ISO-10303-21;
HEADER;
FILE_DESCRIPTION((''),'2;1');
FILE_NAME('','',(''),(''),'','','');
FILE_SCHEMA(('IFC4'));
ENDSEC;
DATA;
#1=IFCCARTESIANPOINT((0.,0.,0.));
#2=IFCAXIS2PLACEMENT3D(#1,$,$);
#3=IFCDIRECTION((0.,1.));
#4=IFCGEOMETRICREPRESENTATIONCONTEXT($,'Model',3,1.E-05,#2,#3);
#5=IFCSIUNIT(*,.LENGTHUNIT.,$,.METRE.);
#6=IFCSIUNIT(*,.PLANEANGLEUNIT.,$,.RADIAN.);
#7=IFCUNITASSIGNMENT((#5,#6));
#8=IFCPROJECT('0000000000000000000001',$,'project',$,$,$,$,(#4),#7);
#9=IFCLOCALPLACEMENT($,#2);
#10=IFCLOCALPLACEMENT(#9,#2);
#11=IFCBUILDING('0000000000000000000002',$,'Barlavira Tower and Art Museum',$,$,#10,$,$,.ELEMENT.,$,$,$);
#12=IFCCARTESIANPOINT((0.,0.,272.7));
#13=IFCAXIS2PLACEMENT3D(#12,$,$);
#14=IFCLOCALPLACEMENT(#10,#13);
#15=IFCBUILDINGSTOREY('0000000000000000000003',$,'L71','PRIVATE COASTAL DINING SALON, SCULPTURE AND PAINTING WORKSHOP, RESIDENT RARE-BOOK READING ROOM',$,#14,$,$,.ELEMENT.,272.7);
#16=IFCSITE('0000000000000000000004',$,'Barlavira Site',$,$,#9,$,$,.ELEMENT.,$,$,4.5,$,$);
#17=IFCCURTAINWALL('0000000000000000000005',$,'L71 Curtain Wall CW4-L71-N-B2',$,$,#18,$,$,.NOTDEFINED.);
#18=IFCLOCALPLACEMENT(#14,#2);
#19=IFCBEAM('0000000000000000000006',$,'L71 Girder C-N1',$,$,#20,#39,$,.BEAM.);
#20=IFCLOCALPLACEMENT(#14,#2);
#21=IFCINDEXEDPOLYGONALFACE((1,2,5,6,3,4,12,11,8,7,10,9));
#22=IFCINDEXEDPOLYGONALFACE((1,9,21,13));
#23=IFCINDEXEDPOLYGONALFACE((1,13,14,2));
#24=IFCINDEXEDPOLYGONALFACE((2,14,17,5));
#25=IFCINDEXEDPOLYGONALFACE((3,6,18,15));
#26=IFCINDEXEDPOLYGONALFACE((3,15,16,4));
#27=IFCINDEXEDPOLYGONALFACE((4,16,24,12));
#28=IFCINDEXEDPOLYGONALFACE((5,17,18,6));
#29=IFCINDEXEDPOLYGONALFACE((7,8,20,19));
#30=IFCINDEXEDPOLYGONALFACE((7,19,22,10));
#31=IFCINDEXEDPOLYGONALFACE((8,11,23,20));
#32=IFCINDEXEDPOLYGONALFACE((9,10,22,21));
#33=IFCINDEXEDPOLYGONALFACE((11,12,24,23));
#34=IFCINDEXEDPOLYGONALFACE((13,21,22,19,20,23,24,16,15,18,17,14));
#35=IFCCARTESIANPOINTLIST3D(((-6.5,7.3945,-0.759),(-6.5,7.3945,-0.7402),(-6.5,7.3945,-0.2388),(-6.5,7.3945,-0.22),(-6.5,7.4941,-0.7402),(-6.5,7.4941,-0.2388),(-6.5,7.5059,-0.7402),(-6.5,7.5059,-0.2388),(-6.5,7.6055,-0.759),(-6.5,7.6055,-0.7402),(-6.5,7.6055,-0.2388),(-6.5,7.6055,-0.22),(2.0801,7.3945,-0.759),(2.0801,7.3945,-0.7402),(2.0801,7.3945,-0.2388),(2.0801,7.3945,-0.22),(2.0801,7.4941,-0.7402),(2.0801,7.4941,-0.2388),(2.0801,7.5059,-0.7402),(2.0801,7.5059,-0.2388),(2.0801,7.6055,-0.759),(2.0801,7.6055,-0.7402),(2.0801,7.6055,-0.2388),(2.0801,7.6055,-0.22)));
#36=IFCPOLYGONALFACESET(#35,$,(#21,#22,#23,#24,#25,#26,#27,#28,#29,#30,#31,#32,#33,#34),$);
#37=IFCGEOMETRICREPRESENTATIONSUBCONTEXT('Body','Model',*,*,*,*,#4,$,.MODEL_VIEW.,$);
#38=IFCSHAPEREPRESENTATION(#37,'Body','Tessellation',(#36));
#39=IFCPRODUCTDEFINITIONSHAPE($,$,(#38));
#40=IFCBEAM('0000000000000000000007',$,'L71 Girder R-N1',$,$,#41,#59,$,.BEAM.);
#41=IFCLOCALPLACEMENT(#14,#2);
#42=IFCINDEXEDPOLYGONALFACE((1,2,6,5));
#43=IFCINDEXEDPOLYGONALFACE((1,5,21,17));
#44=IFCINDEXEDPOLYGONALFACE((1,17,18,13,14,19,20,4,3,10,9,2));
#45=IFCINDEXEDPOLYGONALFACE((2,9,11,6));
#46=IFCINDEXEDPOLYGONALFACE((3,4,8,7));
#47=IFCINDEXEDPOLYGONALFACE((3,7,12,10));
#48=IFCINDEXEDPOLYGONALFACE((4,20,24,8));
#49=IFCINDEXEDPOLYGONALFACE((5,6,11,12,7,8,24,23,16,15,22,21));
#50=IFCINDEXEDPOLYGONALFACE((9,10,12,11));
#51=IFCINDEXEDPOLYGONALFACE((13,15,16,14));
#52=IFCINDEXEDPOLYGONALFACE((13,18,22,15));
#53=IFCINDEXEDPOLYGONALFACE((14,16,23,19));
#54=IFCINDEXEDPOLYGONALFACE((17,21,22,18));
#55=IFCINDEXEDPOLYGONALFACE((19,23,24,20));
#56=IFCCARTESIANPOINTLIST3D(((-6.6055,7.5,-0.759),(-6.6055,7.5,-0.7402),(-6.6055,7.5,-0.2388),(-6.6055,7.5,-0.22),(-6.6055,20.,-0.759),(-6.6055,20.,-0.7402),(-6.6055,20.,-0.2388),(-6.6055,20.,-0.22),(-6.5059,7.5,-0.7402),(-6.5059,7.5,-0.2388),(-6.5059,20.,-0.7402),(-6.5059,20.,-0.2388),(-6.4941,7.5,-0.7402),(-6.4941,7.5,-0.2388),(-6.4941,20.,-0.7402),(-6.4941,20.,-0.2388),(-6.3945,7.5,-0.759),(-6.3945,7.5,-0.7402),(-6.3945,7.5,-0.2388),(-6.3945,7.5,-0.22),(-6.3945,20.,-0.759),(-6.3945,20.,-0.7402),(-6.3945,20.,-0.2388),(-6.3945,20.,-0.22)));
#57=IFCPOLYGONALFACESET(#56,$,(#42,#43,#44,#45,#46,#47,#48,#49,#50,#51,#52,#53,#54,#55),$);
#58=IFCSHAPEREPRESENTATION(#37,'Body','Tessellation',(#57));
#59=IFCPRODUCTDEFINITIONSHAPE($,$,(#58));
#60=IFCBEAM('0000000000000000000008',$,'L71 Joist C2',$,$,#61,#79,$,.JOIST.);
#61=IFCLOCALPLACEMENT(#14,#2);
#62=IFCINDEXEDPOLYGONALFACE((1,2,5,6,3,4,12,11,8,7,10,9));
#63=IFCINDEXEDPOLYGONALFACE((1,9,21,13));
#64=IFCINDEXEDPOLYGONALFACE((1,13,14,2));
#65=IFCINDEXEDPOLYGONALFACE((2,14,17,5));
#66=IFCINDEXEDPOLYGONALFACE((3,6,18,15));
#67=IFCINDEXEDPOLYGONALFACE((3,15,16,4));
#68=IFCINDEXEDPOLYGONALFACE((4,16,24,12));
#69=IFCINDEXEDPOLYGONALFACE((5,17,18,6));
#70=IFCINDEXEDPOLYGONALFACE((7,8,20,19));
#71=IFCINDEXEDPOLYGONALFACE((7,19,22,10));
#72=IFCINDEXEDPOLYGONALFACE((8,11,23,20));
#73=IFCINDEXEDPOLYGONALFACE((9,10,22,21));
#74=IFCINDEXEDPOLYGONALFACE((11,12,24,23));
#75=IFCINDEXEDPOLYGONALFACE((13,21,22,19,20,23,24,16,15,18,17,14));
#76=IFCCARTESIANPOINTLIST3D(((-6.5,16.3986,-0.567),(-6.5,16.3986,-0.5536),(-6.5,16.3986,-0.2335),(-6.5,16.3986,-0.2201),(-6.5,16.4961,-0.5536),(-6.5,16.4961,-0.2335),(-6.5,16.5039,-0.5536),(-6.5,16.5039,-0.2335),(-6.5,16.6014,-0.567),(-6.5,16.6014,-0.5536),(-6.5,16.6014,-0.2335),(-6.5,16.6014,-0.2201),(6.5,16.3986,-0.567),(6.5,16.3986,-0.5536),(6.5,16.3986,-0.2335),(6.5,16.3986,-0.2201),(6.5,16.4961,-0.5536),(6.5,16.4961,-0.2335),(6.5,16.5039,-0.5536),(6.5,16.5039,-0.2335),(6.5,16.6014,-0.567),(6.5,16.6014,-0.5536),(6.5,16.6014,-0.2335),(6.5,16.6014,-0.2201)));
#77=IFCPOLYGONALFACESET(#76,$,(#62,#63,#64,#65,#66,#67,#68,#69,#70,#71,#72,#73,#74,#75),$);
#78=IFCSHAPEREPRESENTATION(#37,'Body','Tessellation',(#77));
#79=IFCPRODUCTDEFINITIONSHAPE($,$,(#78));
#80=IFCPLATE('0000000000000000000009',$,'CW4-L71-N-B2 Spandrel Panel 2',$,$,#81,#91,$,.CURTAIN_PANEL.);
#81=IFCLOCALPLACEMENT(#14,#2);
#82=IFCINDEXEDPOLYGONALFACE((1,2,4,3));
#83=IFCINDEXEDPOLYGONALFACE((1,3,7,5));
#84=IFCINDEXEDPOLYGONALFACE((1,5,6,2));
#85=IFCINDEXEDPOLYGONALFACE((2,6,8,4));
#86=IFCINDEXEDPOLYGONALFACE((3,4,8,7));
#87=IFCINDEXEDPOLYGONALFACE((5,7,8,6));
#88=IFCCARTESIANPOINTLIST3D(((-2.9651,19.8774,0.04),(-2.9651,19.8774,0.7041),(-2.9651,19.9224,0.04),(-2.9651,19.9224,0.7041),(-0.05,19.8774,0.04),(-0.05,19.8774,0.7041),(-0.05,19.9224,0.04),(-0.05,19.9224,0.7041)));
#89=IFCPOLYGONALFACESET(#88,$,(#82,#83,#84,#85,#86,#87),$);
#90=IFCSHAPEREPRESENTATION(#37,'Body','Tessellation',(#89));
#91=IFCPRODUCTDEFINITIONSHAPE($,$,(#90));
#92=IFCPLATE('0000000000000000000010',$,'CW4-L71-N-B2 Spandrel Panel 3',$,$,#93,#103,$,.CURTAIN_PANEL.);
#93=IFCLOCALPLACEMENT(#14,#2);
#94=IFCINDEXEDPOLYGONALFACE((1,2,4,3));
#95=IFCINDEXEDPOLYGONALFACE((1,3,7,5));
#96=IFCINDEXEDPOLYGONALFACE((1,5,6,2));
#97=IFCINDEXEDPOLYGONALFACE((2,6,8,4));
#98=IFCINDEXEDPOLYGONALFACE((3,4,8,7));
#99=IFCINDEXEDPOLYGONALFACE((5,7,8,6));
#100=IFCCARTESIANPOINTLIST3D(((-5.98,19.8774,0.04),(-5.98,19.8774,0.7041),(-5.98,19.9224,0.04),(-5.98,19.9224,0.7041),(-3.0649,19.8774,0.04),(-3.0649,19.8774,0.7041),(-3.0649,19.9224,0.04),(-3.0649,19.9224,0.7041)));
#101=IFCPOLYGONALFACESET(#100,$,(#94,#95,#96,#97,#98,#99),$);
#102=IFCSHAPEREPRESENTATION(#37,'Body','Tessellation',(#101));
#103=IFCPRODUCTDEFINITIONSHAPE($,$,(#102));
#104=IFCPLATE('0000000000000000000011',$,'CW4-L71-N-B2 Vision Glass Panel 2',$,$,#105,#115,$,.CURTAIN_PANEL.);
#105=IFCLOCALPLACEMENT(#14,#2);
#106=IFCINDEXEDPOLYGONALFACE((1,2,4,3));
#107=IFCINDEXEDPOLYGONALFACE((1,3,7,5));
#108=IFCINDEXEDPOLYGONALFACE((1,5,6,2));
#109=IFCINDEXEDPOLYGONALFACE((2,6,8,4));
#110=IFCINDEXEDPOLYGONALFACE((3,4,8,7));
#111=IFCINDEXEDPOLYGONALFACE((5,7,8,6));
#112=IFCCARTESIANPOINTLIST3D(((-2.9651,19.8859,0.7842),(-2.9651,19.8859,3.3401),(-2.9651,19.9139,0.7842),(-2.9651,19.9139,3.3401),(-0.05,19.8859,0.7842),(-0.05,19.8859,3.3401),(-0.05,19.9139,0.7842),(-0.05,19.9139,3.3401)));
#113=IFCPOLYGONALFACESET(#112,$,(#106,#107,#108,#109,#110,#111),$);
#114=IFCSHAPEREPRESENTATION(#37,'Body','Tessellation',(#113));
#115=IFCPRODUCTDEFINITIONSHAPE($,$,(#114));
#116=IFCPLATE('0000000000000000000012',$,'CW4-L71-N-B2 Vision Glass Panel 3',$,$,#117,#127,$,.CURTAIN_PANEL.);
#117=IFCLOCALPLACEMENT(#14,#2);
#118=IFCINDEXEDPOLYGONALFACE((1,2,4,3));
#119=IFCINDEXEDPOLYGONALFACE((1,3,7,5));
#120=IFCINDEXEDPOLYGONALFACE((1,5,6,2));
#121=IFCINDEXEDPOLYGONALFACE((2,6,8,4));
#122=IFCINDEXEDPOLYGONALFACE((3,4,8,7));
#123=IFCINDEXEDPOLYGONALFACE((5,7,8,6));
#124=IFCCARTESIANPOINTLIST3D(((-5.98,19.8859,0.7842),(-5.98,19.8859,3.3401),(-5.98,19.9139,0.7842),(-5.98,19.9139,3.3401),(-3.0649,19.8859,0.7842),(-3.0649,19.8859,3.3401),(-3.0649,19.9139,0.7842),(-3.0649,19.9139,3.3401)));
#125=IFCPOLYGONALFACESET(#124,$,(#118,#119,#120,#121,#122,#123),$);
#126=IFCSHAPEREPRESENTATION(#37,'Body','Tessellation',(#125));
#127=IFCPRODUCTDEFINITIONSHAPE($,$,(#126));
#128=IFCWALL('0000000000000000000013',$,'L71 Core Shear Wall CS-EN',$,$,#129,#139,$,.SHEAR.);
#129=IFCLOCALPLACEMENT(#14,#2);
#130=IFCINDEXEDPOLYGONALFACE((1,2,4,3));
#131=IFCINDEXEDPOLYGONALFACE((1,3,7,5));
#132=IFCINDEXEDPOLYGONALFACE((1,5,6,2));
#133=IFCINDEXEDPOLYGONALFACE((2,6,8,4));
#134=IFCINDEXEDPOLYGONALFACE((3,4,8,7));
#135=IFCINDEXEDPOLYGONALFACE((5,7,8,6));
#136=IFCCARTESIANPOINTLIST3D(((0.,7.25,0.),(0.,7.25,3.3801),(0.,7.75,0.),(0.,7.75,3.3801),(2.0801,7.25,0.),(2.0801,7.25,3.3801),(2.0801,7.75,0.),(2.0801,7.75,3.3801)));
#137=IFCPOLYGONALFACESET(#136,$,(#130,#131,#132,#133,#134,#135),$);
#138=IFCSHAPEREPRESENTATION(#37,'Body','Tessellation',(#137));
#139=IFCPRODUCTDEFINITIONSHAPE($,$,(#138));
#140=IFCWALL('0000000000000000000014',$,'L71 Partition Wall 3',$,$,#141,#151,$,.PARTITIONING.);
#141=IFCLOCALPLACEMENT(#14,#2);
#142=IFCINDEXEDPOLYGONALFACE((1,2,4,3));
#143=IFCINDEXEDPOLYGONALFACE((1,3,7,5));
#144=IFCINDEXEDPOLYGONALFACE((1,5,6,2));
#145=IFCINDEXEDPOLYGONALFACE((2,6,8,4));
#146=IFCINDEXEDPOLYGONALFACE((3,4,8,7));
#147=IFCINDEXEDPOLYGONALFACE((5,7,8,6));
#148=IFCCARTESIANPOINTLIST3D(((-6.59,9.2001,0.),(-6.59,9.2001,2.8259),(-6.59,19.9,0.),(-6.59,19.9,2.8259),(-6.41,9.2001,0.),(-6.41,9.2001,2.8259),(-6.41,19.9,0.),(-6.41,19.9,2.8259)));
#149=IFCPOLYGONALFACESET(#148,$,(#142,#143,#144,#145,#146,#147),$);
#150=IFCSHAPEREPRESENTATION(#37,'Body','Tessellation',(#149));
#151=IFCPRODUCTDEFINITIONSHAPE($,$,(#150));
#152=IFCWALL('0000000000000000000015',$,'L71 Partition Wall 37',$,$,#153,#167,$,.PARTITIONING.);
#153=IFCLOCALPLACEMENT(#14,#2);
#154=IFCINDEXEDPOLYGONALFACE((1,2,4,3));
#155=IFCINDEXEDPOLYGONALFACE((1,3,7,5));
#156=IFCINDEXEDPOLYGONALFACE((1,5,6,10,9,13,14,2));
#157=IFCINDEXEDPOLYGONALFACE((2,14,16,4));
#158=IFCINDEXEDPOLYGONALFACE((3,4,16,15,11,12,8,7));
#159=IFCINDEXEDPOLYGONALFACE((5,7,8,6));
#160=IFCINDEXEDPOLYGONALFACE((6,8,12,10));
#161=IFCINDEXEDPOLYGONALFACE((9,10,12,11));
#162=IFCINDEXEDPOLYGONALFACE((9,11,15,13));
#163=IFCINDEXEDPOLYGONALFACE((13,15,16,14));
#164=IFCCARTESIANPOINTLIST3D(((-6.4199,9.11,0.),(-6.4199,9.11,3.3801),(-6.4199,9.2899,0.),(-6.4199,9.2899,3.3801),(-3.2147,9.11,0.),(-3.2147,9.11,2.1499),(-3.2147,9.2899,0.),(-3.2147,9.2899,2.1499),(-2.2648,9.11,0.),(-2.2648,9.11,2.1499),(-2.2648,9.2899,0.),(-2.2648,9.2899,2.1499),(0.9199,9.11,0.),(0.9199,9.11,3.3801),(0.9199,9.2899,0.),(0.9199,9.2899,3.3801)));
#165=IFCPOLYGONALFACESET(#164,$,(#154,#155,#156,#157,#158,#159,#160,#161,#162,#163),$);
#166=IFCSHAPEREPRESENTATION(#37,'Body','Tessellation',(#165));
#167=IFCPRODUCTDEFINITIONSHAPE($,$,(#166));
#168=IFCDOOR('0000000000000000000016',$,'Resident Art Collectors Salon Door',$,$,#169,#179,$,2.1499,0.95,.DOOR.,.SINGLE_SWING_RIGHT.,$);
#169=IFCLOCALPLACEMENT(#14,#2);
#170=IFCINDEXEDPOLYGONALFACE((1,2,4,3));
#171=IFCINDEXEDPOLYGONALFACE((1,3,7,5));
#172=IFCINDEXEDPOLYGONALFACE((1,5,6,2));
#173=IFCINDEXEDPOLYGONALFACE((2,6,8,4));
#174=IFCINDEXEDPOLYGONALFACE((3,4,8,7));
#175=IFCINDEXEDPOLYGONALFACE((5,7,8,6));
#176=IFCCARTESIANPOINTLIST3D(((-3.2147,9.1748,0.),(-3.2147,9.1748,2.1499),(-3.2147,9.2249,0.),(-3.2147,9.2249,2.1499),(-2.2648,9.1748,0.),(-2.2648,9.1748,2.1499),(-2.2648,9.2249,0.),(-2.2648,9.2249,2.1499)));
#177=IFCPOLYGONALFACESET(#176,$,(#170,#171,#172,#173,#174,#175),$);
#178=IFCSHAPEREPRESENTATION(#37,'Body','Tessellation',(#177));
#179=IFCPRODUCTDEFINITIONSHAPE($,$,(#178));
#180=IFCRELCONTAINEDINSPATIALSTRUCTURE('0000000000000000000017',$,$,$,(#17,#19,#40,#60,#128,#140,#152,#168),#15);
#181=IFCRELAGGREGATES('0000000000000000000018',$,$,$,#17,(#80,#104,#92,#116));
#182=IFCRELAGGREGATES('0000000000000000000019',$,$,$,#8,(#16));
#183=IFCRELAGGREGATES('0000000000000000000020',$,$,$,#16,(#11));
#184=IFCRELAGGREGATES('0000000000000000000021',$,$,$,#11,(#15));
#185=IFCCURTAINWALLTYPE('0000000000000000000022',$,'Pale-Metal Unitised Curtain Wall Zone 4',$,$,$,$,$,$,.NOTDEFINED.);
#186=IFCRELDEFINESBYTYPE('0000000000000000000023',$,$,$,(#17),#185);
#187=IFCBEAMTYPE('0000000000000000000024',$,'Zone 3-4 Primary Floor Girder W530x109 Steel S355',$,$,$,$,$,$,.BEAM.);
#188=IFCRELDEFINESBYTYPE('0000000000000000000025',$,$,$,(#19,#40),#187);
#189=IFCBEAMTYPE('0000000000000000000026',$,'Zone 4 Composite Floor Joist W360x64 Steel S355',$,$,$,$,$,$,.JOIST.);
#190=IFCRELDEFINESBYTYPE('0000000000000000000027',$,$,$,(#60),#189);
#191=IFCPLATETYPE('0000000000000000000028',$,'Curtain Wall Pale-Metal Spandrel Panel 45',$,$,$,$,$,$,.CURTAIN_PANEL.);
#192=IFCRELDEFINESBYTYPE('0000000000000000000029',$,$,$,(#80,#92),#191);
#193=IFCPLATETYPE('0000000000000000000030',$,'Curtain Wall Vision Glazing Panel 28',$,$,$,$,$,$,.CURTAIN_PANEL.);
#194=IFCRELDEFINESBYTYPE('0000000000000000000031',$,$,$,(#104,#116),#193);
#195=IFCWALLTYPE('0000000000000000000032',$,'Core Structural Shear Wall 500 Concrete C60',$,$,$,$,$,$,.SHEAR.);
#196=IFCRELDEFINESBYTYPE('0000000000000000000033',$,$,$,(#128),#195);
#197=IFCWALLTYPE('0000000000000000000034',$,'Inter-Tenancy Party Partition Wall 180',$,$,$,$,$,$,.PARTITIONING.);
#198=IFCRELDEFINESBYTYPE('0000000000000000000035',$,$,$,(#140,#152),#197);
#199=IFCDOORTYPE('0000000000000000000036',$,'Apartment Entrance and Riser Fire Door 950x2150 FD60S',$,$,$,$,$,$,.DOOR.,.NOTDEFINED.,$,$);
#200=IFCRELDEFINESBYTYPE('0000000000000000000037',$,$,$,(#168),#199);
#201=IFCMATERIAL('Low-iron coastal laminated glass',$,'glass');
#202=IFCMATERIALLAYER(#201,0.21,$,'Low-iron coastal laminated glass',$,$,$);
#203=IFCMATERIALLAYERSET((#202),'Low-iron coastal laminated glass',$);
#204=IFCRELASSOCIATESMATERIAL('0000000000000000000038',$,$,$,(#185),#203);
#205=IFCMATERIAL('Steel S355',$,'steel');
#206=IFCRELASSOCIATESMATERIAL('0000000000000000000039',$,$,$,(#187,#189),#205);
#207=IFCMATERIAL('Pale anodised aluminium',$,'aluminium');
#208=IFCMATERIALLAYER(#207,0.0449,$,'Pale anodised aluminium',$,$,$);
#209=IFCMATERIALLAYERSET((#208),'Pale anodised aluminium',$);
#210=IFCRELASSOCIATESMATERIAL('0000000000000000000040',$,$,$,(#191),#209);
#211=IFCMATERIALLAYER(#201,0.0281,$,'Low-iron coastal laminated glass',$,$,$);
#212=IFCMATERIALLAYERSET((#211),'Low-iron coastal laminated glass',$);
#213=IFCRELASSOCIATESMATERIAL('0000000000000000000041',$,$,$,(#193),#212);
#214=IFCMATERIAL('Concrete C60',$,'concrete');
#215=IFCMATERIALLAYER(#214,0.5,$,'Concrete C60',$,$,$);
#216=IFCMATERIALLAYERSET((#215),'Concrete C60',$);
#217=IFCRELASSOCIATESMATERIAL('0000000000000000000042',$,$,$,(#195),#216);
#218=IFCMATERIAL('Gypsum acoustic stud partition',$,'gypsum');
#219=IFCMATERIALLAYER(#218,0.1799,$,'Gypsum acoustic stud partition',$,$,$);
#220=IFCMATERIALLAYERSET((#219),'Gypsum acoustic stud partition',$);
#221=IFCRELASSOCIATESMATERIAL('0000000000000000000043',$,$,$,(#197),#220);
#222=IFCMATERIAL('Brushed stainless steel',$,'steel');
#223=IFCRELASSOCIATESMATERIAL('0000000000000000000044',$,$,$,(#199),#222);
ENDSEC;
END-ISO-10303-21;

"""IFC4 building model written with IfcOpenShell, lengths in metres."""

from ifc_helpers import new_model, si_unit, direction, frame, frame_2d, origin, origin_2d, place, context, subcontext, project, spatial, rectangle, i_section, extrude, material, layer, layer_set, material_profile, profile_set, type_object, element, fill, aggregate, save


model = new_model("IFC4")

# Units and contexts
model_context = context("Model", 3, precision=1e-05, world=origin(), true_north=direction((0.0, 1.0)))
body_context = subcontext(model_context, "Body", "Model", "MODEL_VIEW")
ifc_project = project(units=[si_unit("LENGTHUNIT", "METRE"), si_unit("PLANEANGLEUNIT", "RADIAN")], contexts=[model_context])

# Site, building, storey
site_placement = place(None, origin())
site = spatial("IfcSite", under=ifc_project, at=site_placement, Name="Barlavira Site", CompositionType="ELEMENT", RefElevation=4.5)
building_placement = place(site_placement, origin())
building = spatial("IfcBuilding", under=site, at=building_placement, Name="Barlavira Tower and Art Museum", CompositionType="ELEMENT")
storey_placement = place(building_placement, frame((0.0, 0.0, 272.7)))
storey = spatial("IfcBuildingStorey", under=building, at=storey_placement, Name="L71", Description="PRIVATE COASTAL DINING SALON, SCULPTURE AND PAINTING WORKSHOP, RESIDENT RARE-BOOK READING ROOM", CompositionType="ELEMENT", Elevation=272.7)

# Curtain wall
ifc_material_1 = material(Name="Low-iron coastal laminated glass", Category="glass")
ifc_layer_1 = layer(ifc_material_1, 0.21, Name="Low-iron coastal laminated glass")
ifc_layer_set_1 = layer_set([ifc_layer_1], Name="Low-iron coastal laminated glass")
curtain_wall_type = type_object("IfcCurtainWallType", Name="Pale-Metal Unitised Curtain Wall Zone 4", PredefinedType="NOTDEFINED", material=ifc_layer_set_1)
curtain_wall_placement = place(storey_placement, origin())
curtain_wall = element("IfcCurtainWall", 1, at=curtain_wall_placement, inside=storey, type_object=curtain_wall_type, Name="L71 Curtain Wall CW4-L71-N-B2", PredefinedType="NOTDEFINED")
ifc_material_2 = material(Name="Pale anodised aluminium", Category="aluminium")

# Beams
ifc_material_3 = material(Name="Steel S355", Category="steel")
ifc_material_profile_1 = material_profile(ifc_material_3, i_section(OverallWidth=0.2109, OverallDepth=0.5391, WebThickness=0.0117, FlangeThickness=0.0188, at=origin_2d()), Name="W530x109.0")
ifc_profile_set_1 = profile_set([ifc_material_profile_1], Name="Steel S355")
beam_type_1 = type_object("IfcBeamType", Name="Zone 3-4 Primary Floor Girder W530x109 Steel S355", PredefinedType="BEAM", material=ifc_profile_set_1)
beam_1_placement = place(storey_placement, frame((-6.5, 7.5, -0.4895), z_axis=(1.0, 0.0, 0.0), x_axis=(0.0, 1.0, 0.0)))
element("IfcBeam", 2, at=beam_1_placement, inside=storey, type_object=beam_type_1, Name="L71 Girder C-N1", PredefinedType="BEAM", context=body_context, shape_type="SweptSolid", body=[
    extrude(i_section(OverallWidth=0.2109, OverallDepth=0.5391, WebThickness=0.0117, FlangeThickness=0.0188, at=origin_2d()), origin(), (0.0, 0.0, 1.0), 8.5801),
])
beam_2_placement = place(storey_placement, frame((-6.5, 7.5, -0.4895), z_axis=(0.0, 1.0, 0.0), x_axis=(-1.0, 0.0, 0.0)))
element("IfcBeam", 3, at=beam_2_placement, inside=storey, type_object=beam_type_1, Name="L71 Girder R-N1", PredefinedType="BEAM", context=body_context, shape_type="SweptSolid", body=[
    extrude(i_section(OverallWidth=0.2109, OverallDepth=0.5391, WebThickness=0.0117, FlangeThickness=0.0188, at=origin_2d()), origin(), (0.0, 0.0, 1.0), 12.5),
])
ifc_material_profile_2 = material_profile(ifc_material_3, i_section(OverallWidth=0.2029, OverallDepth=0.3469, WebThickness=0.0078, FlangeThickness=0.0134, at=origin_2d()), Name="W360x64.0")
ifc_profile_set_2 = profile_set([ifc_material_profile_2], Name="Steel S355")
beam_type_2 = type_object("IfcBeamType", Name="Zone 4 Composite Floor Joist W360x64 Steel S355", PredefinedType="JOIST", material=ifc_profile_set_2)
beam_3_placement = place(storey_placement, frame((-6.5, 16.5, -0.3936), z_axis=(1.0, 0.0, 0.0), x_axis=(0.0, 1.0, 0.0)))
element("IfcBeam", 4, at=beam_3_placement, inside=storey, type_object=beam_type_2, Name="L71 Joist C2", PredefinedType="JOIST", context=body_context, shape_type="SweptSolid", body=[
    extrude(i_section(OverallWidth=0.2029, OverallDepth=0.3469, WebThickness=0.0078, FlangeThickness=0.0134, at=origin_2d()), origin(), (0.0, 0.0, 1.0), 13.0),
])

# Plates
ifc_layer_2 = layer(ifc_material_2, 0.0449, Name="Pale anodised aluminium")
ifc_layer_set_2 = layer_set([ifc_layer_2], Name="Pale anodised aluminium")
plate_type_1 = type_object("IfcPlateType", Name="Curtain Wall Pale-Metal Spandrel Panel 45", PredefinedType="CURTAIN_PANEL", material=ifc_layer_set_2)
plate_1_placement = place(storey_placement, frame((-1.5076, 19.8999, 0.04), z_axis=(0.0, 0.0, 1.0), x_axis=(-1.0, 0.0, 0.0)))
plate_1 = element("IfcPlate", 5, at=plate_1_placement, type_object=plate_type_1, Name="CW4-L71-N-B2 Spandrel Panel 2", PredefinedType="CURTAIN_PANEL", context=body_context, shape_type="SweptSolid", body=[
    extrude(rectangle(XDim=2.915, YDim=0.0449, at=origin_2d()), origin(), (0.0, 0.0, 1.0), 0.6641),
])
plate_2_placement = place(storey_placement, frame((-4.5225, 19.8999, 0.04), z_axis=(0.0, 0.0, 1.0), x_axis=(-1.0, 0.0, 0.0)))
plate_2 = element("IfcPlate", 6, at=plate_2_placement, type_object=plate_type_1, Name="CW4-L71-N-B2 Spandrel Panel 3", PredefinedType="CURTAIN_PANEL", context=body_context, shape_type="SweptSolid", body=[
    extrude(rectangle(XDim=2.915, YDim=0.0449, at=origin_2d()), origin(), (0.0, 0.0, 1.0), 0.6641),
])
ifc_layer_3 = layer(ifc_material_1, 0.0281, Name="Low-iron coastal laminated glass")
ifc_layer_set_3 = layer_set([ifc_layer_3], Name="Low-iron coastal laminated glass")
plate_type_2 = type_object("IfcPlateType", Name="Curtain Wall Vision Glazing Panel 28", PredefinedType="CURTAIN_PANEL", material=ifc_layer_set_3)
plate_3_placement = place(storey_placement, frame((-1.5076, 19.8999, 0.7842), z_axis=(0.0, 0.0, 1.0), x_axis=(-1.0, 0.0, 0.0)))
plate_3 = element("IfcPlate", 7, at=plate_3_placement, type_object=plate_type_2, Name="CW4-L71-N-B2 Vision Glass Panel 2", PredefinedType="CURTAIN_PANEL", context=body_context, shape_type="SweptSolid", body=[
    extrude(rectangle(XDim=2.915, YDim=0.0281, at=origin_2d()), origin(), (0.0, 0.0, 1.0), 2.5559),
])
plate_4_placement = place(storey_placement, frame((-4.5225, 19.8999, 0.7842), z_axis=(0.0, 0.0, 1.0), x_axis=(-1.0, 0.0, 0.0)))
plate_4 = element("IfcPlate", 8, at=plate_4_placement, type_object=plate_type_2, Name="CW4-L71-N-B2 Vision Glass Panel 3", PredefinedType="CURTAIN_PANEL", context=body_context, shape_type="SweptSolid", body=[
    extrude(rectangle(XDim=2.915, YDim=0.0281, at=origin_2d()), origin(), (0.0, 0.0, 1.0), 2.5559),
])
aggregate(curtain_wall, [plate_1, plate_3, plate_2, plate_4])

# Walls
ifc_material_4 = material(Name="Concrete C60", Category="concrete")
ifc_layer_4 = layer(ifc_material_4, 0.5, Name="Concrete C60")
ifc_layer_set_4 = layer_set([ifc_layer_4], Name="Concrete C60")
wall_type_1 = type_object("IfcWallType", Name="Core Structural Shear Wall 500 Concrete C60", PredefinedType="SHEAR", material=ifc_layer_set_4)
wall_1_placement = place(storey_placement, frame((0.0, 7.5, 0.0), z_axis=(0.0, 0.0, 1.0), x_axis=(1.0, 0.0, 0.0)))
element("IfcWall", 9, at=wall_1_placement, inside=storey, type_object=wall_type_1, Name="L71 Core Shear Wall CS-EN", PredefinedType="SHEAR", context=body_context, shape_type="SweptSolid", body=[
    extrude(rectangle(XDim=2.0801, YDim=0.5, at=frame_2d((1.04, 0.0))), origin(), (0.0, 0.0, 1.0), 3.3801),
])
ifc_material_5 = material(Name="Gypsum acoustic stud partition", Category="gypsum")
ifc_layer_5 = layer(ifc_material_5, 0.1799, Name="Gypsum acoustic stud partition")
ifc_layer_set_5 = layer_set([ifc_layer_5], Name="Gypsum acoustic stud partition")
wall_type_2 = type_object("IfcWallType", Name="Inter-Tenancy Party Partition Wall 180", PredefinedType="PARTITIONING", material=ifc_layer_set_5)
wall_2_placement = place(storey_placement, frame((-6.5, 9.2, 0.0), z_axis=(0.0, 0.0, 1.0), x_axis=(0.0, 1.0, 0.0)))
element("IfcWall", 10, at=wall_2_placement, inside=storey, type_object=wall_type_2, Name="L71 Partition Wall 3", PredefinedType="PARTITIONING", context=body_context, shape_type="SweptSolid", body=[
    extrude(rectangle(XDim=10.7, YDim=0.1799, at=frame_2d((5.3501, 0.0))), origin(), (0.0, 0.0, 1.0), 2.8259),
])

# Wall, opening, door
wall_3_placement = place(storey_placement, frame((-6.4199, 9.2, 0.0), z_axis=(0.0, 0.0, 1.0), x_axis=(1.0, 0.0, 0.0)))
wall_3 = element("IfcWall", 11, at=wall_3_placement, inside=storey, type_object=wall_type_2, Name="L71 Partition Wall 37", PredefinedType="PARTITIONING", context=body_context, shape_type="SweptSolid", body=[
    extrude(rectangle(XDim=7.3398, YDim=0.1799, at=frame_2d((3.6699, 0.0))), origin(), (0.0, 0.0, 1.0), 3.3801),
])
opening_placement = place(wall_3_placement, frame((3.2051, 0.0, 0.0)))
opening = element("IfcOpeningElement", 12, at=opening_placement, cuts=wall_3, PredefinedType="OPENING", context=body_context, shape_type="SweptSolid", body=[
    extrude(rectangle(XDim=0.95, YDim=2.1499, at=frame_2d((0.4751, 1.075))), frame((0.0, 0.1001, 0.0), z_axis=(0.0, -1.0, 0.0), x_axis=(1.0, 0.0, 0.0)), (0.0, 0.0, 1.0), 0.2),
])
ifc_material_6 = material(Name="Brushed stainless steel", Category="steel")
door_type = type_object("IfcDoorType", Name="Apartment Entrance and Riser Fire Door 950x2150 FD60S", OperationType="NOTDEFINED", PredefinedType="DOOR", material=ifc_material_6)
door_placement = place(opening_placement, origin())
door = element("IfcDoor", 13, at=door_placement, inside=storey, type_object=door_type, Name="Resident Art Collectors Salon Door", OperationType="SINGLE_SWING_RIGHT", OverallHeight=2.1499, OverallWidth=0.95, PredefinedType="DOOR", context=body_context, shape_type="SweptSolid", body=[
    extrude(rectangle(XDim=0.95, YDim=2.1499, at=frame_2d((0.4751, 1.075))), frame((0.0, 0.0249, 0.0), z_axis=(0.0, -1.0, 0.0), x_axis=(1.0, 0.0, 0.0)), (0.0, 0.0, 1.0), 0.05),
])
fill(opening, door)

save(model, "model.ifc")
